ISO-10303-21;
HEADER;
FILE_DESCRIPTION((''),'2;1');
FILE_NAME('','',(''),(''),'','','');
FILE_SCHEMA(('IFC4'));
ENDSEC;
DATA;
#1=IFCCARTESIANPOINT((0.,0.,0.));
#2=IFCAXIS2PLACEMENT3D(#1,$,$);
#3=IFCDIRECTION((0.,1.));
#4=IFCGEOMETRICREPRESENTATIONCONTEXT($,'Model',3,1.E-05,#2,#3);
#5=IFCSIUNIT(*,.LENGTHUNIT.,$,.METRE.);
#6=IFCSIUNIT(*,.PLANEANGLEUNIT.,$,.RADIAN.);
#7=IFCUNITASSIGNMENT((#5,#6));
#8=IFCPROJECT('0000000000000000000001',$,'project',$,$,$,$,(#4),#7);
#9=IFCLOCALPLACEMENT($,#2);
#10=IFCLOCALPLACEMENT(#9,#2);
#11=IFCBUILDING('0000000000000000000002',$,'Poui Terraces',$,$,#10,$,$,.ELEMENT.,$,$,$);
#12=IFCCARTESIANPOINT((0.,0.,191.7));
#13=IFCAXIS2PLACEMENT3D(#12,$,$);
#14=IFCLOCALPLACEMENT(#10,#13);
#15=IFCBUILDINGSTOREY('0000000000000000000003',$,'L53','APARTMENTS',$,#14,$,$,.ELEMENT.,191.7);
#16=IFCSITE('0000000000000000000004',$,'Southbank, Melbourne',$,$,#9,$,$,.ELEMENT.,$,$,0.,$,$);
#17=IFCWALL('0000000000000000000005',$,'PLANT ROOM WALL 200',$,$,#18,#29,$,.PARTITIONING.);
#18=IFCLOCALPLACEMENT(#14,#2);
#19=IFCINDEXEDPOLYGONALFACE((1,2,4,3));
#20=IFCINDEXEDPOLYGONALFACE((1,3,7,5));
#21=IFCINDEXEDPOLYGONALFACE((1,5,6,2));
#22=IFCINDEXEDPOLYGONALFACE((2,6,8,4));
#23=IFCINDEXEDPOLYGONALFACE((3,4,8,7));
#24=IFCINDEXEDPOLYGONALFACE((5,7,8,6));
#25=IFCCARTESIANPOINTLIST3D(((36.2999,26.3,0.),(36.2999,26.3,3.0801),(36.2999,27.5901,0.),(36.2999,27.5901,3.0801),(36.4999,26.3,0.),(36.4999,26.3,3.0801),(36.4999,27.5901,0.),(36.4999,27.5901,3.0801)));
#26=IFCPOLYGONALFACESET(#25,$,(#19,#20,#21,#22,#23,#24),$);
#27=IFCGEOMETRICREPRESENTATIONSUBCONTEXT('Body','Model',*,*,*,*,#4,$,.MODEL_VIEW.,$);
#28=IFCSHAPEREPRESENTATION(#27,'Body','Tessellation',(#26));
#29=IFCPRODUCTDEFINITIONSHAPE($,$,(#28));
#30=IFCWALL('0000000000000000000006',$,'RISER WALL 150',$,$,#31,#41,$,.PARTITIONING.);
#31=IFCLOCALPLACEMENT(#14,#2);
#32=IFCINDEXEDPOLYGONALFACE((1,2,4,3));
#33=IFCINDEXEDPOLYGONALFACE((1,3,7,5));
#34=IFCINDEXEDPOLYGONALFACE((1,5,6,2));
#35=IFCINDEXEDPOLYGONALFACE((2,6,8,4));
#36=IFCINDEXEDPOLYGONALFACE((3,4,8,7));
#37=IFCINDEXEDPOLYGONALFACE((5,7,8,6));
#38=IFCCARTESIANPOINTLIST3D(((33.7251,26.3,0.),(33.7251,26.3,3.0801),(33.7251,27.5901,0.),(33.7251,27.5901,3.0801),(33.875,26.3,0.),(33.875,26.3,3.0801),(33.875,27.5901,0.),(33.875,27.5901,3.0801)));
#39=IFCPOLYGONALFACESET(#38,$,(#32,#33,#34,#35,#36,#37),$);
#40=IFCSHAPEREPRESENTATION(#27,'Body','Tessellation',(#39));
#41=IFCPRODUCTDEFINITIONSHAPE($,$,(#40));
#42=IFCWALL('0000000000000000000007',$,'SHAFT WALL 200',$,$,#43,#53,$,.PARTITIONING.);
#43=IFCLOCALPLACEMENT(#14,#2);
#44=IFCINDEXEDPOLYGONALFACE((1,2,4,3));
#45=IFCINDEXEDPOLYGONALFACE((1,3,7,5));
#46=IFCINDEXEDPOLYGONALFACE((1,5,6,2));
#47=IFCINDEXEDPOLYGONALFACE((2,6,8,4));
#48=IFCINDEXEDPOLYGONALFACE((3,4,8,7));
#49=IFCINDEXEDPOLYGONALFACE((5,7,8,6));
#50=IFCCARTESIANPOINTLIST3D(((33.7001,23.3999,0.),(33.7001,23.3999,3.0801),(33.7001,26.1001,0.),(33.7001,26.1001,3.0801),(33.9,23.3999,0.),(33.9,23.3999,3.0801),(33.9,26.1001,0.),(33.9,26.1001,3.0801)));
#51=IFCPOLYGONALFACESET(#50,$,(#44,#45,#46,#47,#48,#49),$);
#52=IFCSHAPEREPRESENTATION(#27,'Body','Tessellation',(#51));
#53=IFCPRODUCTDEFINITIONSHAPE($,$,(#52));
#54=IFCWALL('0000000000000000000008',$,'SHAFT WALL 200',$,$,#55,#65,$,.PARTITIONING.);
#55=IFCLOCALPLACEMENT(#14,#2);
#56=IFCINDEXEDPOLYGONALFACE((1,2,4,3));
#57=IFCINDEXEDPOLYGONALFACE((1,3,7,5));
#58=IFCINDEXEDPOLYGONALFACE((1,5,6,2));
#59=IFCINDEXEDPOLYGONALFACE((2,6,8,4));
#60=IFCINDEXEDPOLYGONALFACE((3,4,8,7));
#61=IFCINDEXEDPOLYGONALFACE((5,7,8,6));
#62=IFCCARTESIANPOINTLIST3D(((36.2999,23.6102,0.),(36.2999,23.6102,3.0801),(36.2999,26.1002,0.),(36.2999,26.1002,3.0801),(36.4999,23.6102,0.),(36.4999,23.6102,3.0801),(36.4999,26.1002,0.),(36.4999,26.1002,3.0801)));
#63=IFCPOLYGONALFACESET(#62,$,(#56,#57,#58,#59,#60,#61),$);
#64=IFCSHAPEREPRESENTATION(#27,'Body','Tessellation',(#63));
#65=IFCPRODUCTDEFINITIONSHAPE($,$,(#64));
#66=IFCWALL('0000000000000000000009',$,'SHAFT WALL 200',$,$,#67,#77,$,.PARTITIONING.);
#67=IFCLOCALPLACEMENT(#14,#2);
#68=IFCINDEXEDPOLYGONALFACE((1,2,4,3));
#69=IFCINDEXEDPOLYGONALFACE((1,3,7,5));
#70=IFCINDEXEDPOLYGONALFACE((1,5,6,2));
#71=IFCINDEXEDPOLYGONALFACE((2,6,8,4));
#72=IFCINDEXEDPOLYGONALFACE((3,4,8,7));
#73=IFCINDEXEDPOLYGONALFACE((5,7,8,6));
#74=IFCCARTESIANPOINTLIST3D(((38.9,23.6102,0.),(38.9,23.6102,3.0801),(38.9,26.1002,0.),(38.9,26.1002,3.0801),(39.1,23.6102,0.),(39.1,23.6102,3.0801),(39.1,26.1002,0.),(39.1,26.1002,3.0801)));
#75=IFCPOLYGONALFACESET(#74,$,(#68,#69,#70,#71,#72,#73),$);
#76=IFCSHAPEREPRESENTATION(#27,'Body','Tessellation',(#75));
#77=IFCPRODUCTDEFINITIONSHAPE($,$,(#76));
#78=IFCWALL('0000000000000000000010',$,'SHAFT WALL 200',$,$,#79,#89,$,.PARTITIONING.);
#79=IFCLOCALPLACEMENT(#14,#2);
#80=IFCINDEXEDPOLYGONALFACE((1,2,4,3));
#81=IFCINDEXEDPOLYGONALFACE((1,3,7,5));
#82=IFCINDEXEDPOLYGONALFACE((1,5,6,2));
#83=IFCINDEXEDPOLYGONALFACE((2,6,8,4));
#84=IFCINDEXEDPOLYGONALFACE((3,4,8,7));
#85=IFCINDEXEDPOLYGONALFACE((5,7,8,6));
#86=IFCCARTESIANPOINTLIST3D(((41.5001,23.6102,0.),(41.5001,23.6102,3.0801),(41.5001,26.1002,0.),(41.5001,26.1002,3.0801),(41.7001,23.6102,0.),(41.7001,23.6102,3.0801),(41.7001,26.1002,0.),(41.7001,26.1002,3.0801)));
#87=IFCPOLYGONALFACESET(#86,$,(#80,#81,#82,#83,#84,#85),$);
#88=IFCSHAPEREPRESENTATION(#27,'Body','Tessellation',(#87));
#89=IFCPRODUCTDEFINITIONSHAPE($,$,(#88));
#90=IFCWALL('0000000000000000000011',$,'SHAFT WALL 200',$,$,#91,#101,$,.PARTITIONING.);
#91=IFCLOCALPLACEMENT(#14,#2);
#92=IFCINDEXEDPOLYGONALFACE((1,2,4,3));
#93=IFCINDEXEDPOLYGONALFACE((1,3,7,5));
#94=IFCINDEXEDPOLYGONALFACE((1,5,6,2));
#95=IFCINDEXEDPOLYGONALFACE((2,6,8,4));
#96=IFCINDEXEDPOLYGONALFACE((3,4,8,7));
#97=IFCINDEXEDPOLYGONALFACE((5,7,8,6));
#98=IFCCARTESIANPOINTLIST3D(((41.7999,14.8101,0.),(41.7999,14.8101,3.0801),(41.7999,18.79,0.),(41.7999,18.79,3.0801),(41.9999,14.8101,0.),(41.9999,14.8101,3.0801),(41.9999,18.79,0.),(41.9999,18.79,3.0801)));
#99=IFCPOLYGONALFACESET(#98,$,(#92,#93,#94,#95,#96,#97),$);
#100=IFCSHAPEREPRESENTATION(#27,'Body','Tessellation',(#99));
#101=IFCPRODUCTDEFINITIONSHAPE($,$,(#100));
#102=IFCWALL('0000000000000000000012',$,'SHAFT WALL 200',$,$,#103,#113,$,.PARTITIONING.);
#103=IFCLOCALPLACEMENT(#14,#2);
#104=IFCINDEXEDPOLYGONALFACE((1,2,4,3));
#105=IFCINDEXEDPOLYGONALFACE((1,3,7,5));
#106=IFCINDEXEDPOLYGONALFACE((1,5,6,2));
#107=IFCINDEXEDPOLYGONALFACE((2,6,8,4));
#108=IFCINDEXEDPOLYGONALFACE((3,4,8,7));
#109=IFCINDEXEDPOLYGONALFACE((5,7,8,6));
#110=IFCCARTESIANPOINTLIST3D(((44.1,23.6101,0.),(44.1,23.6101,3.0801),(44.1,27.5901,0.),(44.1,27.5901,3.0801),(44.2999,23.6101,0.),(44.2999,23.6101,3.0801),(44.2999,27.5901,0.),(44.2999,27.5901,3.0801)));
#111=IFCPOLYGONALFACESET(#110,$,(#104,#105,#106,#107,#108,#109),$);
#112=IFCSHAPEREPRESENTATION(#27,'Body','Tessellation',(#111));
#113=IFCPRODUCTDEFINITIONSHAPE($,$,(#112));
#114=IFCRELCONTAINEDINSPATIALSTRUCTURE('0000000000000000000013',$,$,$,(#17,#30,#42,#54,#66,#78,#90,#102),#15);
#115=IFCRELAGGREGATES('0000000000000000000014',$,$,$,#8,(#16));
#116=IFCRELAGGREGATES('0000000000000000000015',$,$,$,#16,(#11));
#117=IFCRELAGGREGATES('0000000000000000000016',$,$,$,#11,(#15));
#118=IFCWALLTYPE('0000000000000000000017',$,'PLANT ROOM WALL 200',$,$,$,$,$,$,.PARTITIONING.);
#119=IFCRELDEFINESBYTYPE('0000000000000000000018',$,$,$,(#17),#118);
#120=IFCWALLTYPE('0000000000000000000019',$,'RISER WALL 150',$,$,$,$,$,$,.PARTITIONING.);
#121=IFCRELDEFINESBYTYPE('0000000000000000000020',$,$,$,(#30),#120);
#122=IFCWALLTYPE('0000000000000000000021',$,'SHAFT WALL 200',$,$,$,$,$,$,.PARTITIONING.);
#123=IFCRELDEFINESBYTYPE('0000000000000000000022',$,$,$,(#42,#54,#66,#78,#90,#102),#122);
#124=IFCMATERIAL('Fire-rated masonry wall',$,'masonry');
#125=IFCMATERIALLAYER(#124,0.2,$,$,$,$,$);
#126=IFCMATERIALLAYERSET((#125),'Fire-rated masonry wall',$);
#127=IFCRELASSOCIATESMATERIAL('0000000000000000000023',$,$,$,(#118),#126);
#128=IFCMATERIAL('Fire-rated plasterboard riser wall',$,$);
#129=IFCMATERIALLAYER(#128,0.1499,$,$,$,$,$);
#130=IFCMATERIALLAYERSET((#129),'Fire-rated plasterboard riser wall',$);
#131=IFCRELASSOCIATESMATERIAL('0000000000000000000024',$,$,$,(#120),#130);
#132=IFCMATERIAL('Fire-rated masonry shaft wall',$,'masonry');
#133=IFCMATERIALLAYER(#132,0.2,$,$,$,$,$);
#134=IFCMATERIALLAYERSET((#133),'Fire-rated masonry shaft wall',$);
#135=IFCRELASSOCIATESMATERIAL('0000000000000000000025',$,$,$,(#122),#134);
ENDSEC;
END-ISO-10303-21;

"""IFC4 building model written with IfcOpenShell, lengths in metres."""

from ifc_helpers import new_model, si_unit, direction, frame, frame_2d, origin, place, context, subcontext, project, spatial, rectangle, extrude, material, layer, layer_set, type_object, element, save


model = new_model("IFC4")

# Units and contexts
model_context = context("Model", 3, precision=1e-05, world=origin(), true_north=direction((0.0, 1.0)))
body_context = subcontext(model_context, "Body", "Model", "MODEL_VIEW")
ifc_project = project(units=[si_unit("LENGTHUNIT", "METRE"), si_unit("PLANEANGLEUNIT", "RADIAN")], contexts=[model_context])

# Site, building, storey
site_placement = place(None, origin())
site = spatial("IfcSite", under=ifc_project, at=site_placement, Name="Southbank, Melbourne", CompositionType="ELEMENT", RefElevation=0.0)
building_placement = place(site_placement, origin())
building = spatial("IfcBuilding", under=site, at=building_placement, Name="Poui Terraces", CompositionType="ELEMENT")
storey_placement = place(building_placement, frame((0.0, 0.0, 191.7)))
storey = spatial("IfcBuildingStorey", under=building, at=storey_placement, Name="L53", Description="APARTMENTS", CompositionType="ELEMENT", Elevation=191.7)

# Walls
ifc_material_1 = material(Name="Fire-rated masonry wall", Category="masonry")
ifc_layer_1 = layer(ifc_material_1, 0.2)
ifc_layer_set_1 = layer_set([ifc_layer_1], Name="Fire-rated masonry wall")
wall_type_1 = type_object("IfcWallType", Name="PLANT ROOM WALL 200", PredefinedType="PARTITIONING", material=ifc_layer_set_1)
wall_1_placement = place(storey_placement, frame((36.3999, 26.3, 0.0), z_axis=(0.0, 0.0, 1.0), x_axis=(0.0, 1.0, 0.0)))
element("IfcWall", 1, at=wall_1_placement, inside=storey, type_object=wall_type_1, Name="PLANT ROOM WALL 200", PredefinedType="PARTITIONING", context=body_context, shape_type="SweptSolid", body=[
    extrude(rectangle(XDim=1.29, YDim=0.2, at=frame_2d((0.645, 0.0))), origin(), (0.0, 0.0, 1.0), 3.0801),
])
ifc_material_2 = material(Name="Fire-rated plasterboard riser wall")
ifc_layer_2 = layer(ifc_material_2, 0.1499)
ifc_layer_set_2 = layer_set([ifc_layer_2], Name="Fire-rated plasterboard riser wall")
wall_type_2 = type_object("IfcWallType", Name="RISER WALL 150", PredefinedType="PARTITIONING", material=ifc_layer_set_2)
wall_2_placement = place(storey_placement, frame((33.8, 26.3, 0.0), z_axis=(0.0, 0.0, 1.0), x_axis=(0.0, 1.0, 0.0)))
element("IfcWall", 2, at=wall_2_placement, inside=storey, type_object=wall_type_2, Name="RISER WALL 150", PredefinedType="PARTITIONING", context=body_context, shape_type="SweptSolid", body=[
    extrude(rectangle(XDim=1.29, YDim=0.1499, at=frame_2d((0.645, 0.0))), origin(), (0.0, 0.0, 1.0), 3.0801),
])
ifc_material_3 = material(Name="Fire-rated masonry shaft wall", Category="masonry")
ifc_layer_3 = layer(ifc_material_3, 0.2)
ifc_layer_set_3 = layer_set([ifc_layer_3], Name="Fire-rated masonry shaft wall")
wall_type_3 = type_object("IfcWallType", Name="SHAFT WALL 200", PredefinedType="PARTITIONING", material=ifc_layer_set_3)
wall_3_placement = place(storey_placement, frame((33.8, 23.3999, 0.0), z_axis=(0.0, 0.0, 1.0), x_axis=(0.0, 1.0, 0.0)))
element("IfcWall", 3, at=wall_3_placement, inside=storey, type_object=wall_type_3, Name="SHAFT WALL 200", PredefinedType="PARTITIONING", context=body_context, shape_type="SweptSolid", body=[
    extrude(rectangle(XDim=2.7002, YDim=0.2, at=frame_2d((1.3501, 0.0))), origin(), (0.0, 0.0, 1.0), 3.0801),
])
for number, where, z_axis, x_axis, name in (
    (4, (36.3999, 23.6101, 0.0), (0.0, 0.0, 1.0), (0.0, 1.0, 0.0), "SHAFT WALL 200"),
    (5, (39.0, 23.6101, 0.0), (0.0, 0.0, 1.0), (0.0, 1.0, 0.0), "SHAFT WALL 200"),
    (6, (41.6001, 23.6101, 0.0), (0.0, 0.0, 1.0), (0.0, 1.0, 0.0), "SHAFT WALL 200"),
):
    element("IfcWall", number, at=place(storey_placement, frame(where, z_axis=z_axis, x_axis=x_axis)), inside=storey, type_object=wall_type_3, Name=name, PredefinedType="PARTITIONING", context=body_context, shape_type="SweptSolid", body=[
        extrude(rectangle(XDim=2.49, YDim=0.2, at=frame_2d((1.2451, 0.0))), origin(), (0.0, 0.0, 1.0), 3.0801),
    ])
for number, where, z_axis, x_axis, name in (
    (7, (41.8999, 14.8101, 0.0), (0.0, 0.0, 1.0), (0.0, 1.0, 0.0), "SHAFT WALL 200"),
    (8, (44.2, 23.6101, 0.0), (0.0, 0.0, 1.0), (0.0, 1.0, 0.0), "SHAFT WALL 200"),
):
    element("IfcWall", number, at=place(storey_placement, frame(where, z_axis=z_axis, x_axis=x_axis)), inside=storey, type_object=wall_type_3, Name=name, PredefinedType="PARTITIONING", context=body_context, shape_type="SweptSolid", body=[
        extrude(rectangle(XDim=3.98, YDim=0.2, at=frame_2d((1.99, 0.0))), origin(), (0.0, 0.0, 1.0), 3.0801),
    ])

save(model, "model.ifc")
